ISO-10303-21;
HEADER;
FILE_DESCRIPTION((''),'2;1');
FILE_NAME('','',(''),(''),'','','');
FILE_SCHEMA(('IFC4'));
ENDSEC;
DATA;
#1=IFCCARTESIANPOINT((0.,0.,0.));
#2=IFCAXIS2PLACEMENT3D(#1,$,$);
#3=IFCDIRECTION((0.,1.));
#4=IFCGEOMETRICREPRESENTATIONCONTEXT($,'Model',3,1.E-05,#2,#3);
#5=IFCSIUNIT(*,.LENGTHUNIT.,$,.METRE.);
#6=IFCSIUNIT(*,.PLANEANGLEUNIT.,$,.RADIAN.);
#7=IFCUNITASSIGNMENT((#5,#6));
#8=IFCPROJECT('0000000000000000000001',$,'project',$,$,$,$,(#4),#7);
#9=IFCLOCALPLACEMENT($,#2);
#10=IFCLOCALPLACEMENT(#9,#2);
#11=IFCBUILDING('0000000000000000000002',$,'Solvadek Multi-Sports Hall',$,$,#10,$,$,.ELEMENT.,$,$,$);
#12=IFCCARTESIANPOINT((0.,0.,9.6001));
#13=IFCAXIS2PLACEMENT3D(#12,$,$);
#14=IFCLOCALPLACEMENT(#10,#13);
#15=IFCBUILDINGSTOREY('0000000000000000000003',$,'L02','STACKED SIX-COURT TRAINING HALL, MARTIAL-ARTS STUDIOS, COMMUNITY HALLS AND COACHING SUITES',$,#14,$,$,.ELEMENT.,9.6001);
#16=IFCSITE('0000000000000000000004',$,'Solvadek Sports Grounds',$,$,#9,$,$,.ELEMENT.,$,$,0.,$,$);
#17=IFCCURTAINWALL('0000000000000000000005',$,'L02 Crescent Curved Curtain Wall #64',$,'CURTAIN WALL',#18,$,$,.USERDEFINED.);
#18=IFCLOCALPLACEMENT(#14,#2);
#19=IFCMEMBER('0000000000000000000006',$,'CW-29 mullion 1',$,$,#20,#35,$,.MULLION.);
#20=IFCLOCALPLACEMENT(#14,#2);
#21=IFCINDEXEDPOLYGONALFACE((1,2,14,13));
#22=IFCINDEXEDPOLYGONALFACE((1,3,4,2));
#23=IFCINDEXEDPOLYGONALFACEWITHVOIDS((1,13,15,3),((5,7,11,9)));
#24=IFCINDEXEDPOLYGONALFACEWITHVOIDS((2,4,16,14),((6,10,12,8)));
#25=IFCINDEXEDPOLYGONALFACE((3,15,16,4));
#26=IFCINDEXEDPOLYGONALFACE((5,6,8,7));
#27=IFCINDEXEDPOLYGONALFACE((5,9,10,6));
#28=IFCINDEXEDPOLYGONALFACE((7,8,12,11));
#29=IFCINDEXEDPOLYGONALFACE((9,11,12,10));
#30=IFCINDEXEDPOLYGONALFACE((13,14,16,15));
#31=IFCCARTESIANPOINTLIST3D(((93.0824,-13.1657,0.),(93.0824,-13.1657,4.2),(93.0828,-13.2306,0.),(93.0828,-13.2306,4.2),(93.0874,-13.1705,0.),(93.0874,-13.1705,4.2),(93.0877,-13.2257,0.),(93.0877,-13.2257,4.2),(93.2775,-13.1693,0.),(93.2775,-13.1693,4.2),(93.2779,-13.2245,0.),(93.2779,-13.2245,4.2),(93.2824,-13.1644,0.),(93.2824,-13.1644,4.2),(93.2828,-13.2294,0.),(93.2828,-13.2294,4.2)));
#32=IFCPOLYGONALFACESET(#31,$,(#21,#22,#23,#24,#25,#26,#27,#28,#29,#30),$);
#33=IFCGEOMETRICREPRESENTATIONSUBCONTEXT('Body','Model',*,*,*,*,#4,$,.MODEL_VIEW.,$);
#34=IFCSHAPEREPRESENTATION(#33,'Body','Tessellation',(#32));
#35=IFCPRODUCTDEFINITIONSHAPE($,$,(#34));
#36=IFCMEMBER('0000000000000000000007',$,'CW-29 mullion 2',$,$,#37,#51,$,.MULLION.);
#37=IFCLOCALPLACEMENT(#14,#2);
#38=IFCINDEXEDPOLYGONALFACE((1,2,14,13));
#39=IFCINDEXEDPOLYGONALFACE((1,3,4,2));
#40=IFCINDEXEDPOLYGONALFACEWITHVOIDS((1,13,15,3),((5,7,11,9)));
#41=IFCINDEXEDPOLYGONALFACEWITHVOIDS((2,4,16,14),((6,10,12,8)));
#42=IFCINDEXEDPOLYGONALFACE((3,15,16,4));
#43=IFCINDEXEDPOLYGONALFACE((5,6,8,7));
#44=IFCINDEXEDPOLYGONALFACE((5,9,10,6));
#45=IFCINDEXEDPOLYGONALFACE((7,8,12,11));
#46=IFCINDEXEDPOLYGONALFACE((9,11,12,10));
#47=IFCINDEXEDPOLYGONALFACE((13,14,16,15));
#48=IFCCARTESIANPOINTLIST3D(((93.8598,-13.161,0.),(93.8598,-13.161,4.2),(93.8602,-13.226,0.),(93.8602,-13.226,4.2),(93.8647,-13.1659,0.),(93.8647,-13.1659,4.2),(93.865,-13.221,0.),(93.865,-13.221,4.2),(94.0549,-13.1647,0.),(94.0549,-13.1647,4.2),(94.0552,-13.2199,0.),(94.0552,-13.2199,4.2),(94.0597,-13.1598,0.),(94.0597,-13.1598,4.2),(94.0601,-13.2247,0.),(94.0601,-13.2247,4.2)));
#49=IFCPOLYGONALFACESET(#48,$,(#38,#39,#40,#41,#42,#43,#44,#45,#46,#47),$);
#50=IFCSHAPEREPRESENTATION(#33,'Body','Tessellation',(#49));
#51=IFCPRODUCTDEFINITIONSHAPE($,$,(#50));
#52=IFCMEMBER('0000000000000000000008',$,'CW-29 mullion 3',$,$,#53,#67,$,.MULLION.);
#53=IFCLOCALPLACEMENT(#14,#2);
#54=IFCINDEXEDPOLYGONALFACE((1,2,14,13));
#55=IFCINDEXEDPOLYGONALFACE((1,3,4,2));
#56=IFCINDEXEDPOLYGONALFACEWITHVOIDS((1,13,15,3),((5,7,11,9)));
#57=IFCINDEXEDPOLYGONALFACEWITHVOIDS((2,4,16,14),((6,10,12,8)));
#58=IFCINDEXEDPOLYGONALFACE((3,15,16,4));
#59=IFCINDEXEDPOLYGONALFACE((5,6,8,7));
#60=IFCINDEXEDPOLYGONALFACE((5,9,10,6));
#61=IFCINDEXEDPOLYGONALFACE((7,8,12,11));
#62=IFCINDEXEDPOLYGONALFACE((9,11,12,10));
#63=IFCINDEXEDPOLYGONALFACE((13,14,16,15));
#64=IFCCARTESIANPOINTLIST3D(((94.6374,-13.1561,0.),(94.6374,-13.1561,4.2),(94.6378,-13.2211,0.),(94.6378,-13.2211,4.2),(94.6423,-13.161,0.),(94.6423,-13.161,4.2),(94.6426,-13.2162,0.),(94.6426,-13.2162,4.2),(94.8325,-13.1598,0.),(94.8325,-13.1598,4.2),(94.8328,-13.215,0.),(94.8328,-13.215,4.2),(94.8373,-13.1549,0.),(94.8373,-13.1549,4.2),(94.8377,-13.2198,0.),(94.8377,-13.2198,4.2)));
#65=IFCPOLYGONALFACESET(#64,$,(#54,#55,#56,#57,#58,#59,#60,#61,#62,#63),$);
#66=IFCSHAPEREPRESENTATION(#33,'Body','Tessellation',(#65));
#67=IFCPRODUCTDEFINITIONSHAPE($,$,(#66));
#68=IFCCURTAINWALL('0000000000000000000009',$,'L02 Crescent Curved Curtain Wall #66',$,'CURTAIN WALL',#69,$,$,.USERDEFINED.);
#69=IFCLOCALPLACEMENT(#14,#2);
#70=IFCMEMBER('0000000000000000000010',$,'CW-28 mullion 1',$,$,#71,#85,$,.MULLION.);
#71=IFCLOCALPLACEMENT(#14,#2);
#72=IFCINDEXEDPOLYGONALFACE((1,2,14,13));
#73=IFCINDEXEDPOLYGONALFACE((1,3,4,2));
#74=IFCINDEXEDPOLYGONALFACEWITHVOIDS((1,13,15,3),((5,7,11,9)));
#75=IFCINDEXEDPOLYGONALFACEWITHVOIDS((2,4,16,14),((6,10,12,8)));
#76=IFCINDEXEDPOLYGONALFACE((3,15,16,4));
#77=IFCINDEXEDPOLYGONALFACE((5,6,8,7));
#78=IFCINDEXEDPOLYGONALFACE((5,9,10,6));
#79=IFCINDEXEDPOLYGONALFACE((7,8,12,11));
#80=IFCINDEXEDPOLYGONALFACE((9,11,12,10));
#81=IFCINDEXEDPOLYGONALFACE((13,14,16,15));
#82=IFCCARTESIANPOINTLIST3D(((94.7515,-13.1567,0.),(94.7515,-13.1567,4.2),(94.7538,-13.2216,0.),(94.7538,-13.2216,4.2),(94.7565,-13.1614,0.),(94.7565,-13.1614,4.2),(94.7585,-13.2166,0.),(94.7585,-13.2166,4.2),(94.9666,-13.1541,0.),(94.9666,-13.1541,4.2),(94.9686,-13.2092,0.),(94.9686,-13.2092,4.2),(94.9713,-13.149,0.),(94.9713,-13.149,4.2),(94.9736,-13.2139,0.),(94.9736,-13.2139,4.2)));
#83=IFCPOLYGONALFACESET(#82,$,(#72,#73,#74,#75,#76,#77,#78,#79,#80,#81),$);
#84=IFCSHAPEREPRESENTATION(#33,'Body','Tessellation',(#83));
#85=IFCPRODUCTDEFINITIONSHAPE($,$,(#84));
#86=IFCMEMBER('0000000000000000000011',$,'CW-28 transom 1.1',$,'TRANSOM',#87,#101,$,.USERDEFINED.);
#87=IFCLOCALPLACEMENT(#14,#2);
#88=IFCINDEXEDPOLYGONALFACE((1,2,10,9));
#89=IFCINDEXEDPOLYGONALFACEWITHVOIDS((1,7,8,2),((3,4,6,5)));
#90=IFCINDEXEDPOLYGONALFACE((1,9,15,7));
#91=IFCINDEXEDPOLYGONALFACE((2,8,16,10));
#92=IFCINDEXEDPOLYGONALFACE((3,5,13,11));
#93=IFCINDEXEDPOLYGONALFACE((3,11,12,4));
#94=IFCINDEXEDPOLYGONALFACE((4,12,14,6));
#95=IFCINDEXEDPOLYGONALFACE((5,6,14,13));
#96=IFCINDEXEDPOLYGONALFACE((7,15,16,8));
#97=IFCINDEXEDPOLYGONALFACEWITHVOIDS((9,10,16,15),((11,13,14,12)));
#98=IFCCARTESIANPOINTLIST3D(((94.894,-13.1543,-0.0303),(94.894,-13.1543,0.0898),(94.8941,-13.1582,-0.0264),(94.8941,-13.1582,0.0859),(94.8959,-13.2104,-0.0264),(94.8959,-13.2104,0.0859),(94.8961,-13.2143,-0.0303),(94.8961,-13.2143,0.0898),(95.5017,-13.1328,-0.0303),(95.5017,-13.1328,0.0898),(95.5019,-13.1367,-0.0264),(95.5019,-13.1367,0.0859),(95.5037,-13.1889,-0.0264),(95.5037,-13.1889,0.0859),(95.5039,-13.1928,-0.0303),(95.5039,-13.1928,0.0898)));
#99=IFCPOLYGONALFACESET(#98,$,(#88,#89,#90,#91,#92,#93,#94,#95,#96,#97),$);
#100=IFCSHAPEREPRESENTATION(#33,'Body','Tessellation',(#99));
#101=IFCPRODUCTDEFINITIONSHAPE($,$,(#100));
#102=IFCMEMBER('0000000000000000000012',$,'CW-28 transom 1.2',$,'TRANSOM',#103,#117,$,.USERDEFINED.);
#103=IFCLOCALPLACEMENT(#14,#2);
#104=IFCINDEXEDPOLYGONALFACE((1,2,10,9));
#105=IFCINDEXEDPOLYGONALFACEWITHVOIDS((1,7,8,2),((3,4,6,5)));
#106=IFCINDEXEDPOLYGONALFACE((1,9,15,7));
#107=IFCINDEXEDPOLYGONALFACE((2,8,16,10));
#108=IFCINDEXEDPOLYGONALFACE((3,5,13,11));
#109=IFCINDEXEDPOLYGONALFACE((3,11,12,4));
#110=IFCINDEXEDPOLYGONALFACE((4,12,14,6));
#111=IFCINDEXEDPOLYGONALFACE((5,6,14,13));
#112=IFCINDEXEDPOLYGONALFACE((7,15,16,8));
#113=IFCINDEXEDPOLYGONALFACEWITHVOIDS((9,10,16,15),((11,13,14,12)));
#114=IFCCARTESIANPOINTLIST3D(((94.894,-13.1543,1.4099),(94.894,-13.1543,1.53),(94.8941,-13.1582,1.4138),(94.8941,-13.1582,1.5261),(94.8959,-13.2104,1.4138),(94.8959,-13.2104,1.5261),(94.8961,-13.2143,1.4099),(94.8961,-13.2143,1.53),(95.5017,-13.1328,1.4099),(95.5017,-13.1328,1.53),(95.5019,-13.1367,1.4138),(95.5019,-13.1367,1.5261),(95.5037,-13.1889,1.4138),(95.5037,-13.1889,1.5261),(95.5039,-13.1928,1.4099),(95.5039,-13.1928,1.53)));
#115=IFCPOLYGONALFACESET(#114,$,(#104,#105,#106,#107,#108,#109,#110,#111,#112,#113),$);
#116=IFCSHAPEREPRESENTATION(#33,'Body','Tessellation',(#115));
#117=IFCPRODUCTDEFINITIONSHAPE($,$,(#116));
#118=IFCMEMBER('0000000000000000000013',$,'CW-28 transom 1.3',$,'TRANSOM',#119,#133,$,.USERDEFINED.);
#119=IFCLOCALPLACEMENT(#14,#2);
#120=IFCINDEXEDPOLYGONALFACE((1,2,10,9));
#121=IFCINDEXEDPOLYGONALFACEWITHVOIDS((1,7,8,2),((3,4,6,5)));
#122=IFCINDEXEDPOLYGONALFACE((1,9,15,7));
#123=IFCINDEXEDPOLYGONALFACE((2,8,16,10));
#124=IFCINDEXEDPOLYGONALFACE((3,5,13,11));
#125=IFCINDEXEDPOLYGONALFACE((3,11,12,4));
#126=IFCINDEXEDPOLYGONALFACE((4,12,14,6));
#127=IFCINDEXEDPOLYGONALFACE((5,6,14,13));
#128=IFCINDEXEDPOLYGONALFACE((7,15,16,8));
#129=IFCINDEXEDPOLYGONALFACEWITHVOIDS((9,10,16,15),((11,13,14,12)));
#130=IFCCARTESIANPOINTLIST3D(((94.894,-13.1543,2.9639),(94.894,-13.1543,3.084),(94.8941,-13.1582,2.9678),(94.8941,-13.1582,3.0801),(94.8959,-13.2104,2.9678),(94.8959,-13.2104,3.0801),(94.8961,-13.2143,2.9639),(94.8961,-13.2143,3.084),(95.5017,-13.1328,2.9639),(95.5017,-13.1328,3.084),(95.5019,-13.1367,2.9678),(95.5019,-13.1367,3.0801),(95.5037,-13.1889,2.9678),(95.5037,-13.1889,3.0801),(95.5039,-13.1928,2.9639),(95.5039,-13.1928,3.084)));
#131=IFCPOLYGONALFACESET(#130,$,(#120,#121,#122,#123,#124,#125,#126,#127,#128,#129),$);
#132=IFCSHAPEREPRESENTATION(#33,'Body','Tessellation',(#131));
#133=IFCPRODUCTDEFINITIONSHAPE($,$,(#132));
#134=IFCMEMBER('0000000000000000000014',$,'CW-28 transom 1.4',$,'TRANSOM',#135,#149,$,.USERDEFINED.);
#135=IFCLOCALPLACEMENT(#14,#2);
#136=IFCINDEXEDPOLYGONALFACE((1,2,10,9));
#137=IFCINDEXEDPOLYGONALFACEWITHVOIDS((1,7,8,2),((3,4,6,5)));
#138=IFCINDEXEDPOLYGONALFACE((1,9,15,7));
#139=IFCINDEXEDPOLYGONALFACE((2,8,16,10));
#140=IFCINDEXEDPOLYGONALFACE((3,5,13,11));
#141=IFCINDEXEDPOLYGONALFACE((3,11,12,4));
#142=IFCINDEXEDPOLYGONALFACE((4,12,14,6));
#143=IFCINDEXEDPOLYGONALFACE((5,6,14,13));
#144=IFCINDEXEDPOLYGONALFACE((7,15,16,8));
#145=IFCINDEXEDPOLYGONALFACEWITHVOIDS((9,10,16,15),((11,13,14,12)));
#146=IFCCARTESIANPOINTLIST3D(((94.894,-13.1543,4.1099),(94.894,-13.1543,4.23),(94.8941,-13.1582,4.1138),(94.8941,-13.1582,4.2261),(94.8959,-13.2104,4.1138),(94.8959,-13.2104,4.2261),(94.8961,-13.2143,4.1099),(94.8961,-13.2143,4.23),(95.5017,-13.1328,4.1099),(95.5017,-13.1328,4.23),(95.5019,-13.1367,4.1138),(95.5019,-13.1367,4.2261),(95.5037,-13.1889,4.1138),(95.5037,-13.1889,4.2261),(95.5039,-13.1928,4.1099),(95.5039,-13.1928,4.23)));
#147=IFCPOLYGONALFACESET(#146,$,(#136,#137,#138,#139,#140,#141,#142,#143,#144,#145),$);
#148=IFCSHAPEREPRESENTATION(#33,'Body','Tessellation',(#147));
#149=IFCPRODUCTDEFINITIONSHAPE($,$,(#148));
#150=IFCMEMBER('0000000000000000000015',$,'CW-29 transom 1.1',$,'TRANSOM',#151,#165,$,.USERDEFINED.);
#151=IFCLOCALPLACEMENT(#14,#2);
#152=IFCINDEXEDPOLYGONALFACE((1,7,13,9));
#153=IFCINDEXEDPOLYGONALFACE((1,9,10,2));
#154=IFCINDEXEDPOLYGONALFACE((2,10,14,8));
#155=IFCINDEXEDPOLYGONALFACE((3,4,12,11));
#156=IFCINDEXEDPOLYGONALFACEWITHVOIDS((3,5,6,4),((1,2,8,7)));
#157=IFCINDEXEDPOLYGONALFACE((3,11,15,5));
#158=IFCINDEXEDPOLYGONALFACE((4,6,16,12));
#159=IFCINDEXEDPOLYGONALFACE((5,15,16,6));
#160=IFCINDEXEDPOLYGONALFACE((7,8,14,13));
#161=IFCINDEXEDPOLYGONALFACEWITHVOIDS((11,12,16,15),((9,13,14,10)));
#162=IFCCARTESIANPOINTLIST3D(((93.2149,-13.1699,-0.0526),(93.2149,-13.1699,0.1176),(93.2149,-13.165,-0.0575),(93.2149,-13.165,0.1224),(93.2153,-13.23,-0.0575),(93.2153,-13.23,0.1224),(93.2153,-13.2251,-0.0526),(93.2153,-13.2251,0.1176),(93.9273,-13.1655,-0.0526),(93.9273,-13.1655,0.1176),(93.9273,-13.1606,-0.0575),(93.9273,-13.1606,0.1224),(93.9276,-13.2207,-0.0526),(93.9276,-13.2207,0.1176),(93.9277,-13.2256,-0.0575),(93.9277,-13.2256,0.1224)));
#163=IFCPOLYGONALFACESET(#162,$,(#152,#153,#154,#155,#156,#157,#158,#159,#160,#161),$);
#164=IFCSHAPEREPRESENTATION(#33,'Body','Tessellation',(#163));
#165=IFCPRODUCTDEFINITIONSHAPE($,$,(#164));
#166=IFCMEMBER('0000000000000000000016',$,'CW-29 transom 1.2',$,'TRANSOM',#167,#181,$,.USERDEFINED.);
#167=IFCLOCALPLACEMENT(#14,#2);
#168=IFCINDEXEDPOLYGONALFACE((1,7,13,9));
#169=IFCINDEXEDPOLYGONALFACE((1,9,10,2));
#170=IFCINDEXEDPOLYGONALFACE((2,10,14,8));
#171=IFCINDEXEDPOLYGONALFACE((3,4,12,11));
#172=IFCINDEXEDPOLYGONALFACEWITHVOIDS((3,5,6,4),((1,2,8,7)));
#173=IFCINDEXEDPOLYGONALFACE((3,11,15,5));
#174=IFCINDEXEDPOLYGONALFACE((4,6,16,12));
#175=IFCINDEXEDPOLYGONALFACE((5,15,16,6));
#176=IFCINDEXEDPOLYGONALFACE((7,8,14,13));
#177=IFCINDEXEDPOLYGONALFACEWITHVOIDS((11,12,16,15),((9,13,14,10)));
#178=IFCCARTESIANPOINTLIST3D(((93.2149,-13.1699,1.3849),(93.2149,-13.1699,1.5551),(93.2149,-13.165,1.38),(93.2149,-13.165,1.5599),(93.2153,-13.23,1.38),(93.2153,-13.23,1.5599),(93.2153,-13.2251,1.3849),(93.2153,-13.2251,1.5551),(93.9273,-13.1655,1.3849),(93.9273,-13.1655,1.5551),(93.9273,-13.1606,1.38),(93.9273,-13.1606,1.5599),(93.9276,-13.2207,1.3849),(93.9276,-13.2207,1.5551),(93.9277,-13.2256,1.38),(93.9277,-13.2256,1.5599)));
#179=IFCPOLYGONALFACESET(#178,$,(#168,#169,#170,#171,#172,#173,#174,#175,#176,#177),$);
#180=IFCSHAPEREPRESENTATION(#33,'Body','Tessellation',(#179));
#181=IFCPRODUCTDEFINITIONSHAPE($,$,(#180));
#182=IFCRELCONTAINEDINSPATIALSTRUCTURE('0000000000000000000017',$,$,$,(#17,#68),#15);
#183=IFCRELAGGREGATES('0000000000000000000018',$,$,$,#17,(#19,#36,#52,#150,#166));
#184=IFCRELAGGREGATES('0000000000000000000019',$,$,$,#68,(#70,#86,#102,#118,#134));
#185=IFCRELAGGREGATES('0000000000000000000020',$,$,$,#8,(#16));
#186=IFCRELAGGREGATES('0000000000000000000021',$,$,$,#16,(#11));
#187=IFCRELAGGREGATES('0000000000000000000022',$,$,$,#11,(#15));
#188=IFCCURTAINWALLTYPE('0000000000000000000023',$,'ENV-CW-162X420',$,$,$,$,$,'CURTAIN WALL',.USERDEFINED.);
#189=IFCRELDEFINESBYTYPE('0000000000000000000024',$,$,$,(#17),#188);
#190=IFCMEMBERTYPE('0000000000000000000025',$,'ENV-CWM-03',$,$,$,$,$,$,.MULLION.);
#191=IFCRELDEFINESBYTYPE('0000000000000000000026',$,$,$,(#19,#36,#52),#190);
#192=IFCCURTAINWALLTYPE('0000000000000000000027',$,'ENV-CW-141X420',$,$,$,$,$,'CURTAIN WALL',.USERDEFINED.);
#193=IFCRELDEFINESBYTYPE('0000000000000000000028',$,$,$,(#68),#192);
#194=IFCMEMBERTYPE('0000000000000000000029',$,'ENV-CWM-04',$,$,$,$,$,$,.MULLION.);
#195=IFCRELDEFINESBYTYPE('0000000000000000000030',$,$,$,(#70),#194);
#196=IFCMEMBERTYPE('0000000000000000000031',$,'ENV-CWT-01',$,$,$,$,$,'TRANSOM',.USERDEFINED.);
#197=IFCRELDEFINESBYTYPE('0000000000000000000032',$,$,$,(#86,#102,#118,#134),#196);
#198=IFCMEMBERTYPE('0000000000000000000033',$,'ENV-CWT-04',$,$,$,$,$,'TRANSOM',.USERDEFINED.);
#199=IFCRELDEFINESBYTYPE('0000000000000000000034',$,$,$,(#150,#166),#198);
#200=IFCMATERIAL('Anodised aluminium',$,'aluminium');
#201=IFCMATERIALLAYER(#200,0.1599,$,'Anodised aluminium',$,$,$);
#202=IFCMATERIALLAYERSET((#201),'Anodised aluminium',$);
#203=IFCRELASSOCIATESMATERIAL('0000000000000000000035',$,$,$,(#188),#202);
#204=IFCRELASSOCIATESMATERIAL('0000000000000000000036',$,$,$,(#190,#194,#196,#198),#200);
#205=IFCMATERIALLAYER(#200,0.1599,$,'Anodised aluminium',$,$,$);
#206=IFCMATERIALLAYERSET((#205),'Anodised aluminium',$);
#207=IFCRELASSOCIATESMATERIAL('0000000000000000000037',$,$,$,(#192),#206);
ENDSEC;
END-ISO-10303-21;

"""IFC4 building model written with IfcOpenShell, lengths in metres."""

from ifc_helpers import new_model, si_unit, direction, frame, origin, origin_2d, place, context, subcontext, project, spatial, hollow_rectangle, extrude, material, layer, layer_set, material_profile, profile_set, type_object, element, aggregate, save


model = new_model("IFC4")

# Units and contexts
model_context = context("Model", 3, precision=1e-05, world=origin(), true_north=direction((0.0, 1.0)))
body_context = subcontext(model_context, "Body", "Model", "MODEL_VIEW")
ifc_project = project(units=[si_unit("LENGTHUNIT", "METRE"), si_unit("PLANEANGLEUNIT", "RADIAN")], contexts=[model_context])

# Site, building, storey
site_placement = place(None, origin())
site = spatial("IfcSite", under=ifc_project, at=site_placement, Name="Solvadek Sports Grounds", CompositionType="ELEMENT", RefElevation=0.0)
building_placement = place(site_placement, origin())
building = spatial("IfcBuilding", under=site, at=building_placement, Name="Solvadek Multi-Sports Hall", CompositionType="ELEMENT")
storey_placement = place(building_placement, frame((0.0, 0.0, 9.6001)))
storey = spatial("IfcBuildingStorey", under=building, at=storey_placement, Name="L02", Description="STACKED SIX-COURT TRAINING HALL, MARTIAL-ARTS STUDIOS, COMMUNITY HALLS AND COACHING SUITES", CompositionType="ELEMENT", Elevation=9.6001)

# Curtain walls, members
ifc_material_1 = material(Name="Anodised aluminium", Category="aluminium")
ifc_layer_1 = layer(ifc_material_1, 0.1599, Name="Anodised aluminium")
ifc_layer_set_1 = layer_set([ifc_layer_1], Name="Anodised aluminium")
curtain_wall_type_1 = type_object("IfcCurtainWallType", Name="ENV-CW-162X420", ElementType="CURTAIN WALL", PredefinedType="USERDEFINED", material=ifc_layer_set_1)
curtain_wall_1_placement = place(storey_placement, origin())
curtain_wall_1 = element("IfcCurtainWall", 1, at=curtain_wall_1_placement, inside=storey, type_object=curtain_wall_type_1, Name="L02 Crescent Curved Curtain Wall #64", ObjectType="CURTAIN WALL", PredefinedType="USERDEFINED")
ifc_material_profile_1 = material_profile(ifc_material_1, hollow_rectangle(XDim=0.0649, YDim=0.2, WallThickness=0.0049, at=origin_2d()), Name="ALU-M 200x65x5")
ifc_profile_set_1 = profile_set([ifc_material_profile_1], Name="Anodised aluminium")
member_type_1 = type_object("IfcMemberType", Name="ENV-CWM-03", PredefinedType="MULLION", material=ifc_profile_set_1)
member_1_placement = place(storey_placement, frame((93.1826, -13.1975, 0.0), z_axis=(0.0, 0.0, 1.0), x_axis=(-0.006173, 0.999981, 0.0)))
member_1 = element("IfcMember", 2, at=member_1_placement, type_object=member_type_1, Name="CW-29 mullion 1", PredefinedType="MULLION", context=body_context, shape_type="SweptSolid", body=[
    extrude(hollow_rectangle(XDim=0.0649, YDim=0.2, WallThickness=0.0049, at=origin_2d()), origin(), (0.0, 0.0, 1.0), 4.2),
])
member_2_placement = place(storey_placement, frame((93.96, -13.1929, 0.0), z_axis=(0.0, 0.0, 1.0), x_axis=(-0.006173, 0.999981, 0.0)))
member_2 = element("IfcMember", 3, at=member_2_placement, type_object=member_type_1, Name="CW-29 mullion 2", PredefinedType="MULLION", context=body_context, shape_type="SweptSolid", body=[
    extrude(hollow_rectangle(XDim=0.0649, YDim=0.2, WallThickness=0.0049, at=origin_2d()), origin(), (0.0, 0.0, 1.0), 4.2),
])
member_3_placement = place(storey_placement, frame((94.7375, -13.188, 0.0), z_axis=(0.0, 0.0, 1.0), x_axis=(-0.006173, 0.999981, 0.0)))
member_3 = element("IfcMember", 4, at=member_3_placement, type_object=member_type_1, Name="CW-29 mullion 3", PredefinedType="MULLION", context=body_context, shape_type="SweptSolid", body=[
    extrude(hollow_rectangle(XDim=0.0649, YDim=0.2, WallThickness=0.0049, at=origin_2d()), origin(), (0.0, 0.0, 1.0), 4.2),
])
ifc_layer_2 = layer(ifc_material_1, 0.1599, Name="Anodised aluminium")
ifc_layer_set_2 = layer_set([ifc_layer_2], Name="Anodised aluminium")
curtain_wall_type_2 = type_object("IfcCurtainWallType", Name="ENV-CW-141X420", ElementType="CURTAIN WALL", PredefinedType="USERDEFINED", material=ifc_layer_set_2)
curtain_wall_2_placement = place(storey_placement, origin())
curtain_wall_2 = element("IfcCurtainWall", 5, at=curtain_wall_2_placement, inside=storey, type_object=curtain_wall_type_2, Name="L02 Crescent Curved Curtain Wall #66", ObjectType="CURTAIN WALL", PredefinedType="USERDEFINED")
ifc_material_profile_2 = material_profile(ifc_material_1, hollow_rectangle(XDim=0.0649, YDim=0.22, WallThickness=0.0049, at=origin_2d()), Name="ALU-M 220x65x5")
ifc_profile_set_2 = profile_set([ifc_material_profile_2], Name="Anodised aluminium")
member_type_2 = type_object("IfcMemberType", Name="ENV-CWM-04", PredefinedType="MULLION", material=ifc_profile_set_2)
member_4_placement = place(storey_placement, frame((94.8625, -13.1853, 0.0), z_axis=(0.0, 0.0, 1.0), x_axis=(-0.035011, 0.999387, 0.0)))
member_4 = element("IfcMember", 6, at=member_4_placement, type_object=member_type_2, Name="CW-28 mullion 1", PredefinedType="MULLION", context=body_context, shape_type="SweptSolid", body=[
    extrude(hollow_rectangle(XDim=0.0649, YDim=0.22, WallThickness=0.0049, at=origin_2d()), origin(), (0.0, 0.0, 1.0), 4.2),
])
ifc_material_profile_3 = material_profile(ifc_material_1, hollow_rectangle(XDim=0.0601, YDim=0.1201, WallThickness=0.0039, at=origin_2d()), Name="ALU-T 120x60x4")
ifc_profile_set_3 = profile_set([ifc_material_profile_3], Name="Anodised aluminium")
member_type_3 = type_object("IfcMemberType", Name="ENV-CWT-01", ElementType="TRANSOM", PredefinedType="USERDEFINED", material=ifc_profile_set_3)
member_5_placement = place(storey_placement, frame((94.895, -13.1843, 0.0298), z_axis=(0.999376, 0.035333, 0.0), x_axis=(-0.035333, 0.999376, 0.0)))
member_5 = element("IfcMember", 7, at=member_5_placement, type_object=member_type_3, Name="CW-28 transom 1.1", ObjectType="TRANSOM", PredefinedType="USERDEFINED", context=body_context, shape_type="SweptSolid", body=[
    extrude(hollow_rectangle(XDim=0.0601, YDim=0.1201, WallThickness=0.0039, at=origin_2d()), origin(), (0.0, 0.0, 1.0), 0.6082),
])
member_6_placement = place(storey_placement, frame((94.895, -13.1843, 1.47), z_axis=(0.999376, 0.035333, 0.0), x_axis=(-0.035333, 0.999376, 0.0)))
member_6 = element("IfcMember", 8, at=member_6_placement, type_object=member_type_3, Name="CW-28 transom 1.2", ObjectType="TRANSOM", PredefinedType="USERDEFINED", context=body_context, shape_type="SweptSolid", body=[
    extrude(hollow_rectangle(XDim=0.0601, YDim=0.1201, WallThickness=0.0039, at=origin_2d()), origin(), (0.0, 0.0, 1.0), 0.6082),
])
member_7_placement = place(storey_placement, frame((94.895, -13.1843, 3.0239), z_axis=(0.999376, 0.035333, 0.0), x_axis=(-0.035333, 0.999376, 0.0)))
member_7 = element("IfcMember", 9, at=member_7_placement, type_object=member_type_3, Name="CW-28 transom 1.3", ObjectType="TRANSOM", PredefinedType="USERDEFINED", context=body_context, shape_type="SweptSolid", body=[
    extrude(hollow_rectangle(XDim=0.0601, YDim=0.1201, WallThickness=0.0039, at=origin_2d()), origin(), (0.0, 0.0, 1.0), 0.6082),
])
member_8_placement = place(storey_placement, frame((94.895, -13.1843, 4.1699), z_axis=(0.999376, 0.035333, 0.0), x_axis=(-0.035333, 0.999376, 0.0)))
member_8 = element("IfcMember", 10, at=member_8_placement, type_object=member_type_3, Name="CW-28 transom 1.4", ObjectType="TRANSOM", PredefinedType="USERDEFINED", context=body_context, shape_type="SweptSolid", body=[
    extrude(hollow_rectangle(XDim=0.0601, YDim=0.1201, WallThickness=0.0039, at=origin_2d()), origin(), (0.0, 0.0, 1.0), 0.6082),
])

# Members
ifc_material_profile_4 = material_profile(ifc_material_1, hollow_rectangle(XDim=0.0649, YDim=0.1799, WallThickness=0.0049, at=origin_2d()), Name="ALU-T 180x65x5")
ifc_profile_set_4 = profile_set([ifc_material_profile_4], Name="Anodised aluminium")
member_type_4 = type_object("IfcMemberType", Name="ENV-CWT-04", ElementType="TRANSOM", PredefinedType="USERDEFINED", material=ifc_profile_set_4)
member_9_placement = place(storey_placement, frame((93.2151, -13.1975, 0.0325), z_axis=(0.999981, 0.006168, 0.0), x_axis=(-0.006168, 0.999981, 0.0)))
member_9 = element("IfcMember", 11, at=member_9_placement, type_object=member_type_4, Name="CW-29 transom 1.1", ObjectType="TRANSOM", PredefinedType="USERDEFINED", context=body_context, shape_type="SweptSolid", body=[
    extrude(hollow_rectangle(XDim=0.0649, YDim=0.1799, WallThickness=0.0049, at=origin_2d()), origin(), (0.0, 0.0, 1.0), 0.7124),
])
member_10_placement = place(storey_placement, frame((93.2151, -13.1975, 1.47), z_axis=(0.999981, 0.006168, 0.0), x_axis=(-0.006168, 0.999981, 0.0)))
member_10 = element("IfcMember", 12, at=member_10_placement, type_object=member_type_4, Name="CW-29 transom 1.2", ObjectType="TRANSOM", PredefinedType="USERDEFINED", context=body_context, shape_type="SweptSolid", body=[
    extrude(hollow_rectangle(XDim=0.0649, YDim=0.1799, WallThickness=0.0049, at=origin_2d()), origin(), (0.0, 0.0, 1.0), 0.7124),
])

aggregate(curtain_wall_1, [member_1, member_2, member_3, member_9, member_10])
aggregate(curtain_wall_2, [member_4, member_5, member_6, member_7, member_8])

save(model, "model.ifc")
